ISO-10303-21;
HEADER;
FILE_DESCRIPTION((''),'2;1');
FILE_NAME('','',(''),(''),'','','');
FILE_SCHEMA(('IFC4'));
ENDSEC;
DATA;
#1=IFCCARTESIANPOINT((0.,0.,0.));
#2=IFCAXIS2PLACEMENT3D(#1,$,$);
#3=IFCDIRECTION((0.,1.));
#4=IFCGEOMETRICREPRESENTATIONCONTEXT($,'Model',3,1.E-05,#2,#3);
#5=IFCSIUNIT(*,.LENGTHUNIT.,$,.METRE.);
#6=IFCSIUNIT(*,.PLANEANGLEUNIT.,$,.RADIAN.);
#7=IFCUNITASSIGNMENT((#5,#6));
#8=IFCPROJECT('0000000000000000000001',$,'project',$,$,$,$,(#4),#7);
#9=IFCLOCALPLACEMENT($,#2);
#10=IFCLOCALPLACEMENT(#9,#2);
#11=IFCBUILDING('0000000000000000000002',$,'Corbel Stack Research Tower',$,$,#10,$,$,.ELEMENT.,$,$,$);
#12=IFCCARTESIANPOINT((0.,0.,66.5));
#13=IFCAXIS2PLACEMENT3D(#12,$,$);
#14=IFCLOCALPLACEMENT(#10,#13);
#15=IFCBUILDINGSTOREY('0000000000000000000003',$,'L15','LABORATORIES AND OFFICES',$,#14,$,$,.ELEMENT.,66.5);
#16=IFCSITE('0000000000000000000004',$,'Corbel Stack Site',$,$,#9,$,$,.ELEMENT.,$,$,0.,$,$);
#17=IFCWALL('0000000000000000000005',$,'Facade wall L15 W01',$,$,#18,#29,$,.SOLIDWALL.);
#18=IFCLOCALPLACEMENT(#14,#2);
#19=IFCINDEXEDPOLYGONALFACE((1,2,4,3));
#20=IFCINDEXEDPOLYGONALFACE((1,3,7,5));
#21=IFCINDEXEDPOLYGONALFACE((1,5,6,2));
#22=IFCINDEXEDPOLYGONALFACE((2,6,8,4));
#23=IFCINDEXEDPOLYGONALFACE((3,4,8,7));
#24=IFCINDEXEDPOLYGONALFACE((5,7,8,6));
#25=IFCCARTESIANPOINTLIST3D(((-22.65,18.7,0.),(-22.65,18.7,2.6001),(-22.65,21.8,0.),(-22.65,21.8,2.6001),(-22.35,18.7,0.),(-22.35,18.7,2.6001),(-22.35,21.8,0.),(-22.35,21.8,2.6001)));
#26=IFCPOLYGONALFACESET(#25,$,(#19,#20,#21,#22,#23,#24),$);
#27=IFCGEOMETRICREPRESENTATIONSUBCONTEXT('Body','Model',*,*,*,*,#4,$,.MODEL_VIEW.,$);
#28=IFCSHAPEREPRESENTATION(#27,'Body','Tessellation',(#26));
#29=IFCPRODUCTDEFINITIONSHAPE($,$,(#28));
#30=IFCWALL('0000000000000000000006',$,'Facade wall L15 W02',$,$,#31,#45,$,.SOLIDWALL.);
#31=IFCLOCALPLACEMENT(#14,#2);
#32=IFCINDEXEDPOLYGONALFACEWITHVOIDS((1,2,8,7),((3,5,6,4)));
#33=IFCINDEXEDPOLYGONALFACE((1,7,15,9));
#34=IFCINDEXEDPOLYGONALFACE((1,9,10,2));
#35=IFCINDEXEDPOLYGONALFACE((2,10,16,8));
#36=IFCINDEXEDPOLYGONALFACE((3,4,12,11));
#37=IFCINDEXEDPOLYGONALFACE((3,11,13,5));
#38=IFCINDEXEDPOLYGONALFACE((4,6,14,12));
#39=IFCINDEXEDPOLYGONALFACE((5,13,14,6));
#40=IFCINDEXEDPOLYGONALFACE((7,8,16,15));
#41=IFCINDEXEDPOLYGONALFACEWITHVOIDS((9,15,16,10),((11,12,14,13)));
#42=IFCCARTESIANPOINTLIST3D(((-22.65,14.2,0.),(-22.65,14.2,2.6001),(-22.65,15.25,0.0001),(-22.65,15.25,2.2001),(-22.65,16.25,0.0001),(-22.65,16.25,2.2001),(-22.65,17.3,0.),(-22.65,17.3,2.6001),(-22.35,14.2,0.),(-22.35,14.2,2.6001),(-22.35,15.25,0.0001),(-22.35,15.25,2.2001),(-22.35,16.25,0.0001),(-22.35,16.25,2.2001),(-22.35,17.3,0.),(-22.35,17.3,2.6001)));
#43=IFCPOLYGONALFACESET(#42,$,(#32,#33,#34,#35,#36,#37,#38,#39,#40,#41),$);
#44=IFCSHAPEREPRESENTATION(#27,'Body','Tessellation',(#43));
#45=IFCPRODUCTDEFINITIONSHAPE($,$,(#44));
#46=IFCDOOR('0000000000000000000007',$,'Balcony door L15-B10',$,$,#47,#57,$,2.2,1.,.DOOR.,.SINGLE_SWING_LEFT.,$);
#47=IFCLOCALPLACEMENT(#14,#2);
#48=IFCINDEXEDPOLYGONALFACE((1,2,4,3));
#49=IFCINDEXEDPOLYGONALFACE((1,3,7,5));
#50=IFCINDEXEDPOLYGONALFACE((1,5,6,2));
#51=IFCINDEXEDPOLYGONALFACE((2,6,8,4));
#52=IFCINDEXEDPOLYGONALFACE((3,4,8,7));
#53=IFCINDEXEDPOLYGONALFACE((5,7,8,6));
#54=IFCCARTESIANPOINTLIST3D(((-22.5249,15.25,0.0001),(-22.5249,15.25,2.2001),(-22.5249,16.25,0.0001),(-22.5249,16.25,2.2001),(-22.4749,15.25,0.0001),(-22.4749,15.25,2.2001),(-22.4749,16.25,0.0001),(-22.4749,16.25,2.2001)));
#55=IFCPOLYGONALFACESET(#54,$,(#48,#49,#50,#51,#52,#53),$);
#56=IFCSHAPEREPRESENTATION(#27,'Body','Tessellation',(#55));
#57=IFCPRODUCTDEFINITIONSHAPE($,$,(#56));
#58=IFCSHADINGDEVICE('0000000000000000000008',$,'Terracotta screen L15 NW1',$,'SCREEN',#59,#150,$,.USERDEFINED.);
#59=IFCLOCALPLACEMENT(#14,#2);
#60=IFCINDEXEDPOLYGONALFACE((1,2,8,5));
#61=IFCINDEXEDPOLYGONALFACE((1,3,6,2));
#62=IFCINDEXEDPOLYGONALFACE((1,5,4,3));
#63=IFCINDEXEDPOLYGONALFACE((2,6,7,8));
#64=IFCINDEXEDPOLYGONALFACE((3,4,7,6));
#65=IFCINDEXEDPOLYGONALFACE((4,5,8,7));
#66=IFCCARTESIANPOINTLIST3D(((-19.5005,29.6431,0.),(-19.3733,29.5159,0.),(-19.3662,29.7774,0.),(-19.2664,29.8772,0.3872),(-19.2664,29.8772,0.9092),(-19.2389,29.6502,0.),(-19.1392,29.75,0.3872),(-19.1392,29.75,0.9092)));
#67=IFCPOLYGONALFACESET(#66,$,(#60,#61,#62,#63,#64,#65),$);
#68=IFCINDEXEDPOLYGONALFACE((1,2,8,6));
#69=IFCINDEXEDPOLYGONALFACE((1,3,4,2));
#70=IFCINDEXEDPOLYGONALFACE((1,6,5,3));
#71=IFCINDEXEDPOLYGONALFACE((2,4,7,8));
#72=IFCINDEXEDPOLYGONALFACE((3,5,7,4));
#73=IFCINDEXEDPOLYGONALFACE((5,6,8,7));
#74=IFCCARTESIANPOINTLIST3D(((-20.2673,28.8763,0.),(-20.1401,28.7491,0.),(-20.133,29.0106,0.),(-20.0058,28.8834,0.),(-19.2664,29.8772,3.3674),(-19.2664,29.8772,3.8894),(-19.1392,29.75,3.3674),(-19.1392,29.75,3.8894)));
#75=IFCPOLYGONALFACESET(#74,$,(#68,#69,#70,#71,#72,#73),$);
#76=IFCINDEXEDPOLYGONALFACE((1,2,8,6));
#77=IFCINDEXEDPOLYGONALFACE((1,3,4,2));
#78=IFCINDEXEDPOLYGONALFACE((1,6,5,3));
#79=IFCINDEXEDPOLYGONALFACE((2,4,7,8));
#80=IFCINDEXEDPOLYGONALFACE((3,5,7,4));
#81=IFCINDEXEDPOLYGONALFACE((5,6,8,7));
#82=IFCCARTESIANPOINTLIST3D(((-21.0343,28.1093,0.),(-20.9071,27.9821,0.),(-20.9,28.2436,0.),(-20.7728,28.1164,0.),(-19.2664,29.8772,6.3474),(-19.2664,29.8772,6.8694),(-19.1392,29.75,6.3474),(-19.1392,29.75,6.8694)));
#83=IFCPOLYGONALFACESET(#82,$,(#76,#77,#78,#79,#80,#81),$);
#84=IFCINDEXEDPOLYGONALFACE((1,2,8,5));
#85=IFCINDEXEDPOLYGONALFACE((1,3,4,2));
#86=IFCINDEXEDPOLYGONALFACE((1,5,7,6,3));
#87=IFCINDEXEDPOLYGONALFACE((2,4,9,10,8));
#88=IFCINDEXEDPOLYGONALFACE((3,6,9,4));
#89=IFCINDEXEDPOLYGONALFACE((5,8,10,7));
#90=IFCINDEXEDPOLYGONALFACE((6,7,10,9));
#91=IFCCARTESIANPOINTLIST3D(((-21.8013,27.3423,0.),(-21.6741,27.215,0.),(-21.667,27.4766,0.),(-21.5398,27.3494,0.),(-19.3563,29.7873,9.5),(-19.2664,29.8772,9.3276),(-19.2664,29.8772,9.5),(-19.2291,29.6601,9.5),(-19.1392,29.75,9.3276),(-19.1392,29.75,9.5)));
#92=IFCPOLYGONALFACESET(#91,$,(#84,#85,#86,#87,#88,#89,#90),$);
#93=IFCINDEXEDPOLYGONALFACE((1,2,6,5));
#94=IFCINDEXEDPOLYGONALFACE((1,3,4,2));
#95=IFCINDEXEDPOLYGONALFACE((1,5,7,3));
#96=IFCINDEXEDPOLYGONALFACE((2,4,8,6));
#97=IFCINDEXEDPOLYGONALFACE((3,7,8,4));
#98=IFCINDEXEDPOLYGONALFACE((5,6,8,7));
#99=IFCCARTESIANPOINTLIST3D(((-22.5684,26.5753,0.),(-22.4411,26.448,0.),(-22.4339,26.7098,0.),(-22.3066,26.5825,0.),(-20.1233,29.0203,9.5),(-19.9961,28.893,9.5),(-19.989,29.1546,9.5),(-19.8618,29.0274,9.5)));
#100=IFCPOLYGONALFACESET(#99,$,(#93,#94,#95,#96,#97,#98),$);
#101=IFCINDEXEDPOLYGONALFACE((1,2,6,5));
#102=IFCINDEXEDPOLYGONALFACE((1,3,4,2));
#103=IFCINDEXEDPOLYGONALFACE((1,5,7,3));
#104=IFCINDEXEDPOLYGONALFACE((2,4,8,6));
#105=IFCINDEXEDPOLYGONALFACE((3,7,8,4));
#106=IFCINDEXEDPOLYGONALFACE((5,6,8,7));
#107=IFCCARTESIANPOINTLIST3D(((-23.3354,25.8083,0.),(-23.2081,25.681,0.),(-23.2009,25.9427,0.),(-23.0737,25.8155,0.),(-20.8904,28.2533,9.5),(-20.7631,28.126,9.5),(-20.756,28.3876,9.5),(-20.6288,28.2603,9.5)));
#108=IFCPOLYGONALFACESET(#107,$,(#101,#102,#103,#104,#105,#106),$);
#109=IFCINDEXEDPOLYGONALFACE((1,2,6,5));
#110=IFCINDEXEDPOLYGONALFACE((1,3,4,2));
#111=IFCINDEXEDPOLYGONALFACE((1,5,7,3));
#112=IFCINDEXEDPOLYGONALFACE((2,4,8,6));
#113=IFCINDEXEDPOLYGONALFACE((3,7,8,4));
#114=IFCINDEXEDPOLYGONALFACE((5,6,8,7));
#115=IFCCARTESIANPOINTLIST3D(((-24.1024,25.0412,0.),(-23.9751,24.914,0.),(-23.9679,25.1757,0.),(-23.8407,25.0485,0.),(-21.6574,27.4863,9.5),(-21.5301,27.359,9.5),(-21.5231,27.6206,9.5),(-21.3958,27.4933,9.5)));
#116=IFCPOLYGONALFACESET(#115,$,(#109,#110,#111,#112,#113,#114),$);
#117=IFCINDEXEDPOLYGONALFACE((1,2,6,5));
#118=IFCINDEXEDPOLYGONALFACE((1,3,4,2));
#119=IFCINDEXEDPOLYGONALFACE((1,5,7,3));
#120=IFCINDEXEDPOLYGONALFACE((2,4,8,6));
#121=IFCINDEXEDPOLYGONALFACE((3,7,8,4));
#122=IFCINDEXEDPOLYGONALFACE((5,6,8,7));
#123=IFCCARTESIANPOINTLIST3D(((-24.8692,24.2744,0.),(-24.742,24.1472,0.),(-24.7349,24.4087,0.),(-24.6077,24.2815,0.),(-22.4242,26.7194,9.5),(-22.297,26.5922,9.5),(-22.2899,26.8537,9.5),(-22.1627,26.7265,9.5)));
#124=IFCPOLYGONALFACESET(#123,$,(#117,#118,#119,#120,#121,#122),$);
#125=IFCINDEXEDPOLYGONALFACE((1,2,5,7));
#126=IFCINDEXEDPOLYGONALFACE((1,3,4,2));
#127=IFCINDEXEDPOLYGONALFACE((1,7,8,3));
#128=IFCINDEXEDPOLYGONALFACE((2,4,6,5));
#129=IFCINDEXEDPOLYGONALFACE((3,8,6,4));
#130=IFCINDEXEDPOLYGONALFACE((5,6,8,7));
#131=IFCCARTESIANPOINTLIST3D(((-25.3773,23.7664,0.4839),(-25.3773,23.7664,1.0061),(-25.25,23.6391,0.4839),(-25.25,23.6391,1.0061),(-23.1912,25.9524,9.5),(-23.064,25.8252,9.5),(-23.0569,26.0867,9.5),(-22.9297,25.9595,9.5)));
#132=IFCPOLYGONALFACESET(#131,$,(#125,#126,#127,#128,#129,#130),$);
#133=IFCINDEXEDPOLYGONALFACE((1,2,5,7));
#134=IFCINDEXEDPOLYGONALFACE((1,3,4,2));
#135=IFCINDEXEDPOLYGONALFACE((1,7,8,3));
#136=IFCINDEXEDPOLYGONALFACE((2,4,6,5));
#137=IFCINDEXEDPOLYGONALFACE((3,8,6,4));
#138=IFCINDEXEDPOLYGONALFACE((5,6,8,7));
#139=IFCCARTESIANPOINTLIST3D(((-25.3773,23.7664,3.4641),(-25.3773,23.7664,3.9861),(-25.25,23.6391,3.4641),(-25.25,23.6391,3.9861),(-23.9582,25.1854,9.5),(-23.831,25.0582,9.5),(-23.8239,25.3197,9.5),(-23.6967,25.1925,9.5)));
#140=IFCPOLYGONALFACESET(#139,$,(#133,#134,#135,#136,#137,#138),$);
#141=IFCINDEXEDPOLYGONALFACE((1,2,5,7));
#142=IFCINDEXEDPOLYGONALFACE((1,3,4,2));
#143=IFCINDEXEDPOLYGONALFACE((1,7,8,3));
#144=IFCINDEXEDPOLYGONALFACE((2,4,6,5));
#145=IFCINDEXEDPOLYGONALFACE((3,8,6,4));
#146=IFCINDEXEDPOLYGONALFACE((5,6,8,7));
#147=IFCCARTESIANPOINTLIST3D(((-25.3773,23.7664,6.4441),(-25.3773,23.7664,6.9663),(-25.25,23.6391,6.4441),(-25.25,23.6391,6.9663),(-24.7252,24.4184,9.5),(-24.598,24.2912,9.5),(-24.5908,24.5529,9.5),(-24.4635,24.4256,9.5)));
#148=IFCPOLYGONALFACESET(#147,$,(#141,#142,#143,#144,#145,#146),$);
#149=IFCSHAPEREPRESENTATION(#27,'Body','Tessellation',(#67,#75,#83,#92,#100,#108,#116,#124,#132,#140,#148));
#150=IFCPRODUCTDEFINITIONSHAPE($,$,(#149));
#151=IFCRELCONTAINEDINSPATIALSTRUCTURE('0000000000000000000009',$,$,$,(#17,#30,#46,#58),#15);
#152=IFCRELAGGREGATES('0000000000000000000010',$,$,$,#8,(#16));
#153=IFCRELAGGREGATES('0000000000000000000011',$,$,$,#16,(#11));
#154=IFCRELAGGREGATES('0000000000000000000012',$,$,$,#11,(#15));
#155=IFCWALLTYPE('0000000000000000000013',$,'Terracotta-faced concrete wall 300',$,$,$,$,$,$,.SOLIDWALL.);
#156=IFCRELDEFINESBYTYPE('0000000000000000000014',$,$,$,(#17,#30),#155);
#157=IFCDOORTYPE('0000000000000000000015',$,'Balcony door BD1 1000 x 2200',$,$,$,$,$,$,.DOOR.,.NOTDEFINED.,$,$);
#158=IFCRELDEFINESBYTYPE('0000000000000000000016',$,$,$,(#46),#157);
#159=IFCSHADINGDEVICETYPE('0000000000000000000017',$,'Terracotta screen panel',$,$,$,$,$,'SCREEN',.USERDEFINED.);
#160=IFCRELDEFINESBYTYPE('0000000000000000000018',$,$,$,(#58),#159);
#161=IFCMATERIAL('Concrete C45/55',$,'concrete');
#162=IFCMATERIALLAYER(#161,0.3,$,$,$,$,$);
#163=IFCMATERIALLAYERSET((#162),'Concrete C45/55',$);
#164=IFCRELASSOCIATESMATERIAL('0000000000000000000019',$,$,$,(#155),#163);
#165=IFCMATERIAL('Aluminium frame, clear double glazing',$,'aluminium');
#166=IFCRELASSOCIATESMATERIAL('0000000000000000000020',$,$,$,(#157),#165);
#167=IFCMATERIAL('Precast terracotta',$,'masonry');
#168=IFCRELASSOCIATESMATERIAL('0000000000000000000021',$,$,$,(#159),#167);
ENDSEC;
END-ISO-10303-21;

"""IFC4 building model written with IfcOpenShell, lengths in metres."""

from ifc_helpers import new_model, si_unit, direction, frame, frame_2d, origin, place, context, subcontext, project, spatial, polyline, rectangle, outline, extrude, source, transform, mapped, material, layer, layer_set, type_object, element, fill, save


model = new_model("IFC4")

# Units and contexts
model_context = context("Model", 3, precision=1e-05, world=origin(), true_north=direction((0.0, 1.0)))
body_context = subcontext(model_context, "Body", "Model", "MODEL_VIEW")
ifc_project = project(units=[si_unit("LENGTHUNIT", "METRE"), si_unit("PLANEANGLEUNIT", "RADIAN")], contexts=[model_context])

# Site, building, storey
site_placement = place(None, origin())
site = spatial("IfcSite", under=ifc_project, at=site_placement, Name="Corbel Stack Site", CompositionType="ELEMENT", RefElevation=0.0)
building_placement = place(site_placement, origin())
building = spatial("IfcBuilding", under=site, at=building_placement, Name="Corbel Stack Research Tower", CompositionType="ELEMENT")
storey_placement = place(building_placement, frame((0.0, 0.0, 66.5)))
storey = spatial("IfcBuildingStorey", under=building, at=storey_placement, Name="L15", Description="LABORATORIES AND OFFICES", CompositionType="ELEMENT", Elevation=66.5)

# Shared definitions
ifc_material_1 = material(Name="Concrete C45/55", Category="concrete")
ifc_layer_1 = layer(ifc_material_1, 0.3)
ifc_layer_set_1 = layer_set([ifc_layer_1], Name="Concrete C45/55")
wall_type_1 = type_object("IfcWallType", Name="Terracotta-faced concrete wall 300", PredefinedType="SOLIDWALL", material=ifc_layer_set_1)

# Wall
wall_1_placement = place(storey_placement, frame((-22.5, 18.7, 0.0), z_axis=(0.0, 0.0, 1.0), x_axis=(0.0, 1.0, 0.0)))
element("IfcWall", 1, at=wall_1_placement, inside=storey, type_object=wall_type_1, Name="Facade wall L15 W01", PredefinedType="SOLIDWALL", context=body_context, shape_type="SweptSolid", body=[
    extrude(rectangle(XDim=3.1001, YDim=0.3, at=frame_2d((1.55, 0.0))), origin(), (0.0, 0.0, 1.0), 2.6001),
])

# Wall, opening, door
wall_2_placement = place(storey_placement, frame((-22.5, 14.2, 0.0), z_axis=(0.0, 0.0, 1.0), x_axis=(0.0, 1.0, 0.0)))
wall_2 = element("IfcWall", 2, at=wall_2_placement, inside=storey, type_object=wall_type_1, Name="Facade wall L15 W02", PredefinedType="SOLIDWALL", context=body_context, shape_type="SweptSolid", body=[
    extrude(rectangle(XDim=3.1001, YDim=0.3, at=frame_2d((1.55, 0.0))), origin(), (0.0, 0.0, 1.0), 2.6001),
])
opening_1_placement = place(wall_2_placement, frame((1.05, 0.0, 0.0)))
opening_1 = element("IfcOpeningElement", 3, at=opening_1_placement, cuts=wall_2, PredefinedType="OPENING", context=body_context, shape_type="SweptSolid", body=[
    extrude(rectangle(XDim=1.0, YDim=2.2, at=frame_2d((0.5, 1.1001))), frame((0.0, 0.1599, 0.0), z_axis=(0.0, -1.0, 0.0), x_axis=(1.0, 0.0, 0.0)), (0.0, 0.0, 1.0), 0.3201),
])
ifc_material_2 = material(Name="Aluminium frame, clear double glazing", Category="aluminium")
door_type_1 = type_object("IfcDoorType", Name="Balcony door BD1 1000 x 2200", OperationType="NOTDEFINED", PredefinedType="DOOR", material=ifc_material_2)
door_1_placement = place(opening_1_placement, origin())
door_1 = element("IfcDoor", 4, at=door_1_placement, inside=storey, type_object=door_type_1, Name="Balcony door L15-B10", OperationType="SINGLE_SWING_LEFT", OverallHeight=2.2, OverallWidth=1.0, PredefinedType="DOOR", context=body_context, shape_type="SweptSolid", body=[
    extrude(rectangle(XDim=1.0, YDim=2.2, at=frame_2d((0.5, 1.1001))), frame((0.0, 0.0249, 0.0), z_axis=(0.0, -1.0, 0.0), x_axis=(1.0, 0.0, 0.0)), (0.0, 0.0, 1.0), 0.05),
])
fill(opening_1, door_1)

# Shading device
ifc_material_3 = material(Name="Precast terracotta", Category="masonry")
shading_device_type = type_object("IfcShadingDeviceType", Name="Terracotta screen panel", ElementType="SCREEN", PredefinedType="USERDEFINED", material=ifc_material_3)
shared_shape_1 = source(origin(), body_context, "Body", "SweptSolid", [
    extrude(outline(polyline([(0.3311, 0.0), (0.0, 0.9092), (0.0, 0.3872), (0.1411, 0.0), (0.3311, 0.0)])), frame((0.0, 0.0, 0.0), z_axis=(0.0, -1.0, 0.0), x_axis=(1.0, 0.0, 0.0)), (0.0, 0.0, 1.0), 0.1799),
    extrude(outline(polyline([(1.4155, 0.0), (0.0, 3.8894), (0.0, 3.3674), (1.2256, 0.0), (1.4155, 0.0)])), frame((0.0, 0.0, 0.0), z_axis=(0.0, -1.0, 0.0), x_axis=(1.0, 0.0, 0.0)), (0.0, 0.0, 1.0), 0.1799),
    extrude(outline(polyline([(2.5002, 0.0), (0.0, 6.8694), (0.0, 6.3474), (2.3103, 0.0), (2.5002, 0.0)])), frame((0.0, 0.0, 0.0), z_axis=(0.0, -1.0, 0.0), x_axis=(1.0, 0.0, 0.0)), (0.0, 0.0, 1.0), 0.1799),
    extrude(outline(polyline([(3.585, 0.0), (0.1272, 9.5), (0.0, 9.5), (0.0, 9.3276), (3.395, 0.0), (3.585, 0.0)])), frame((0.0, 0.0, 0.0), z_axis=(0.0, -1.0, 0.0), x_axis=(1.0, 0.0, 0.0)), (0.0, 0.0, 1.0), 0.1799),
    extrude(outline(polyline([(4.6697, 0.0), (1.2119, 9.5), (1.022, 9.5), (4.4795, 0.0), (4.6697, 0.0)])), frame((0.0, 0.0, 0.0), z_axis=(0.0, -1.0, 0.0), x_axis=(1.0, 0.0, 0.0)), (0.0, 0.0, 1.0), 0.1799),
    extrude(outline(polyline([(5.7544, 0.0), (2.2966, 9.5), (2.1067, 9.5), (5.5642, 0.0), (5.7544, 0.0)])), frame((0.0, 0.0, 0.0), z_axis=(0.0, -1.0, 0.0), x_axis=(1.0, 0.0, 0.0)), (0.0, 0.0, 1.0), 0.1799),
    extrude(outline(polyline([(6.8391, 0.0), (3.3813, 9.5), (3.1914, 9.5), (6.6489, 0.0), (6.8391, 0.0)])), frame((0.0, 0.0, 0.0), z_axis=(0.0, -1.0, 0.0), x_axis=(1.0, 0.0, 0.0)), (0.0, 0.0, 1.0), 0.1799),
    extrude(outline(polyline([(7.9236, 0.0), (4.4658, 9.5), (4.2759, 9.5), (7.7336, 0.0), (7.9236, 0.0)])), frame((0.0, 0.0, 0.0), z_axis=(0.0, -1.0, 0.0), x_axis=(1.0, 0.0, 0.0)), (0.0, 0.0, 1.0), 0.1799),
    extrude(outline(polyline([(5.5505, 9.5), (5.3606, 9.5), (8.6421, 0.4839), (8.6421, 1.0061), (5.5505, 9.5)])), frame((0.0, 0.0, 0.0), z_axis=(0.0, -1.0, 0.0), x_axis=(1.0, 0.0, 0.0)), (0.0, 0.0, 1.0), 0.1799),
    extrude(outline(polyline([(6.6353, 9.5), (6.4453, 9.5), (8.6421, 3.4641), (8.6421, 3.9861), (6.6353, 9.5)])), frame((0.0, 0.0, 0.0), z_axis=(0.0, -1.0, 0.0), x_axis=(1.0, 0.0, 0.0)), (0.0, 0.0, 1.0), 0.1799),
    extrude(outline(polyline([(7.72, 9.5), (7.5298, 9.5), (8.6421, 6.4441), (8.6421, 6.9663), (7.72, 9.5)])), frame((0.0, 0.0, 0.0), z_axis=(0.0, -1.0, 0.0), x_axis=(1.0, 0.0, 0.0)), (0.0, 0.0, 1.0), 0.1799),
])
shading_device_1_placement = place(storey_placement, frame((-19.1392, 29.75, 0.0), z_axis=(0.0, 0.0, 1.0), x_axis=(-0.707107, -0.707107, 0.0)))
element("IfcShadingDevice", 5, at=shading_device_1_placement, inside=storey, type_object=shading_device_type, Name="Terracotta screen L15 NW1", ObjectType="SCREEN", PredefinedType="USERDEFINED", context=body_context, shape_type="MappedRepresentation", body=[
    mapped(shared_shape_1, transform((0.0, 0.0, 0.0))),
])

save(model, "model.ifc")
